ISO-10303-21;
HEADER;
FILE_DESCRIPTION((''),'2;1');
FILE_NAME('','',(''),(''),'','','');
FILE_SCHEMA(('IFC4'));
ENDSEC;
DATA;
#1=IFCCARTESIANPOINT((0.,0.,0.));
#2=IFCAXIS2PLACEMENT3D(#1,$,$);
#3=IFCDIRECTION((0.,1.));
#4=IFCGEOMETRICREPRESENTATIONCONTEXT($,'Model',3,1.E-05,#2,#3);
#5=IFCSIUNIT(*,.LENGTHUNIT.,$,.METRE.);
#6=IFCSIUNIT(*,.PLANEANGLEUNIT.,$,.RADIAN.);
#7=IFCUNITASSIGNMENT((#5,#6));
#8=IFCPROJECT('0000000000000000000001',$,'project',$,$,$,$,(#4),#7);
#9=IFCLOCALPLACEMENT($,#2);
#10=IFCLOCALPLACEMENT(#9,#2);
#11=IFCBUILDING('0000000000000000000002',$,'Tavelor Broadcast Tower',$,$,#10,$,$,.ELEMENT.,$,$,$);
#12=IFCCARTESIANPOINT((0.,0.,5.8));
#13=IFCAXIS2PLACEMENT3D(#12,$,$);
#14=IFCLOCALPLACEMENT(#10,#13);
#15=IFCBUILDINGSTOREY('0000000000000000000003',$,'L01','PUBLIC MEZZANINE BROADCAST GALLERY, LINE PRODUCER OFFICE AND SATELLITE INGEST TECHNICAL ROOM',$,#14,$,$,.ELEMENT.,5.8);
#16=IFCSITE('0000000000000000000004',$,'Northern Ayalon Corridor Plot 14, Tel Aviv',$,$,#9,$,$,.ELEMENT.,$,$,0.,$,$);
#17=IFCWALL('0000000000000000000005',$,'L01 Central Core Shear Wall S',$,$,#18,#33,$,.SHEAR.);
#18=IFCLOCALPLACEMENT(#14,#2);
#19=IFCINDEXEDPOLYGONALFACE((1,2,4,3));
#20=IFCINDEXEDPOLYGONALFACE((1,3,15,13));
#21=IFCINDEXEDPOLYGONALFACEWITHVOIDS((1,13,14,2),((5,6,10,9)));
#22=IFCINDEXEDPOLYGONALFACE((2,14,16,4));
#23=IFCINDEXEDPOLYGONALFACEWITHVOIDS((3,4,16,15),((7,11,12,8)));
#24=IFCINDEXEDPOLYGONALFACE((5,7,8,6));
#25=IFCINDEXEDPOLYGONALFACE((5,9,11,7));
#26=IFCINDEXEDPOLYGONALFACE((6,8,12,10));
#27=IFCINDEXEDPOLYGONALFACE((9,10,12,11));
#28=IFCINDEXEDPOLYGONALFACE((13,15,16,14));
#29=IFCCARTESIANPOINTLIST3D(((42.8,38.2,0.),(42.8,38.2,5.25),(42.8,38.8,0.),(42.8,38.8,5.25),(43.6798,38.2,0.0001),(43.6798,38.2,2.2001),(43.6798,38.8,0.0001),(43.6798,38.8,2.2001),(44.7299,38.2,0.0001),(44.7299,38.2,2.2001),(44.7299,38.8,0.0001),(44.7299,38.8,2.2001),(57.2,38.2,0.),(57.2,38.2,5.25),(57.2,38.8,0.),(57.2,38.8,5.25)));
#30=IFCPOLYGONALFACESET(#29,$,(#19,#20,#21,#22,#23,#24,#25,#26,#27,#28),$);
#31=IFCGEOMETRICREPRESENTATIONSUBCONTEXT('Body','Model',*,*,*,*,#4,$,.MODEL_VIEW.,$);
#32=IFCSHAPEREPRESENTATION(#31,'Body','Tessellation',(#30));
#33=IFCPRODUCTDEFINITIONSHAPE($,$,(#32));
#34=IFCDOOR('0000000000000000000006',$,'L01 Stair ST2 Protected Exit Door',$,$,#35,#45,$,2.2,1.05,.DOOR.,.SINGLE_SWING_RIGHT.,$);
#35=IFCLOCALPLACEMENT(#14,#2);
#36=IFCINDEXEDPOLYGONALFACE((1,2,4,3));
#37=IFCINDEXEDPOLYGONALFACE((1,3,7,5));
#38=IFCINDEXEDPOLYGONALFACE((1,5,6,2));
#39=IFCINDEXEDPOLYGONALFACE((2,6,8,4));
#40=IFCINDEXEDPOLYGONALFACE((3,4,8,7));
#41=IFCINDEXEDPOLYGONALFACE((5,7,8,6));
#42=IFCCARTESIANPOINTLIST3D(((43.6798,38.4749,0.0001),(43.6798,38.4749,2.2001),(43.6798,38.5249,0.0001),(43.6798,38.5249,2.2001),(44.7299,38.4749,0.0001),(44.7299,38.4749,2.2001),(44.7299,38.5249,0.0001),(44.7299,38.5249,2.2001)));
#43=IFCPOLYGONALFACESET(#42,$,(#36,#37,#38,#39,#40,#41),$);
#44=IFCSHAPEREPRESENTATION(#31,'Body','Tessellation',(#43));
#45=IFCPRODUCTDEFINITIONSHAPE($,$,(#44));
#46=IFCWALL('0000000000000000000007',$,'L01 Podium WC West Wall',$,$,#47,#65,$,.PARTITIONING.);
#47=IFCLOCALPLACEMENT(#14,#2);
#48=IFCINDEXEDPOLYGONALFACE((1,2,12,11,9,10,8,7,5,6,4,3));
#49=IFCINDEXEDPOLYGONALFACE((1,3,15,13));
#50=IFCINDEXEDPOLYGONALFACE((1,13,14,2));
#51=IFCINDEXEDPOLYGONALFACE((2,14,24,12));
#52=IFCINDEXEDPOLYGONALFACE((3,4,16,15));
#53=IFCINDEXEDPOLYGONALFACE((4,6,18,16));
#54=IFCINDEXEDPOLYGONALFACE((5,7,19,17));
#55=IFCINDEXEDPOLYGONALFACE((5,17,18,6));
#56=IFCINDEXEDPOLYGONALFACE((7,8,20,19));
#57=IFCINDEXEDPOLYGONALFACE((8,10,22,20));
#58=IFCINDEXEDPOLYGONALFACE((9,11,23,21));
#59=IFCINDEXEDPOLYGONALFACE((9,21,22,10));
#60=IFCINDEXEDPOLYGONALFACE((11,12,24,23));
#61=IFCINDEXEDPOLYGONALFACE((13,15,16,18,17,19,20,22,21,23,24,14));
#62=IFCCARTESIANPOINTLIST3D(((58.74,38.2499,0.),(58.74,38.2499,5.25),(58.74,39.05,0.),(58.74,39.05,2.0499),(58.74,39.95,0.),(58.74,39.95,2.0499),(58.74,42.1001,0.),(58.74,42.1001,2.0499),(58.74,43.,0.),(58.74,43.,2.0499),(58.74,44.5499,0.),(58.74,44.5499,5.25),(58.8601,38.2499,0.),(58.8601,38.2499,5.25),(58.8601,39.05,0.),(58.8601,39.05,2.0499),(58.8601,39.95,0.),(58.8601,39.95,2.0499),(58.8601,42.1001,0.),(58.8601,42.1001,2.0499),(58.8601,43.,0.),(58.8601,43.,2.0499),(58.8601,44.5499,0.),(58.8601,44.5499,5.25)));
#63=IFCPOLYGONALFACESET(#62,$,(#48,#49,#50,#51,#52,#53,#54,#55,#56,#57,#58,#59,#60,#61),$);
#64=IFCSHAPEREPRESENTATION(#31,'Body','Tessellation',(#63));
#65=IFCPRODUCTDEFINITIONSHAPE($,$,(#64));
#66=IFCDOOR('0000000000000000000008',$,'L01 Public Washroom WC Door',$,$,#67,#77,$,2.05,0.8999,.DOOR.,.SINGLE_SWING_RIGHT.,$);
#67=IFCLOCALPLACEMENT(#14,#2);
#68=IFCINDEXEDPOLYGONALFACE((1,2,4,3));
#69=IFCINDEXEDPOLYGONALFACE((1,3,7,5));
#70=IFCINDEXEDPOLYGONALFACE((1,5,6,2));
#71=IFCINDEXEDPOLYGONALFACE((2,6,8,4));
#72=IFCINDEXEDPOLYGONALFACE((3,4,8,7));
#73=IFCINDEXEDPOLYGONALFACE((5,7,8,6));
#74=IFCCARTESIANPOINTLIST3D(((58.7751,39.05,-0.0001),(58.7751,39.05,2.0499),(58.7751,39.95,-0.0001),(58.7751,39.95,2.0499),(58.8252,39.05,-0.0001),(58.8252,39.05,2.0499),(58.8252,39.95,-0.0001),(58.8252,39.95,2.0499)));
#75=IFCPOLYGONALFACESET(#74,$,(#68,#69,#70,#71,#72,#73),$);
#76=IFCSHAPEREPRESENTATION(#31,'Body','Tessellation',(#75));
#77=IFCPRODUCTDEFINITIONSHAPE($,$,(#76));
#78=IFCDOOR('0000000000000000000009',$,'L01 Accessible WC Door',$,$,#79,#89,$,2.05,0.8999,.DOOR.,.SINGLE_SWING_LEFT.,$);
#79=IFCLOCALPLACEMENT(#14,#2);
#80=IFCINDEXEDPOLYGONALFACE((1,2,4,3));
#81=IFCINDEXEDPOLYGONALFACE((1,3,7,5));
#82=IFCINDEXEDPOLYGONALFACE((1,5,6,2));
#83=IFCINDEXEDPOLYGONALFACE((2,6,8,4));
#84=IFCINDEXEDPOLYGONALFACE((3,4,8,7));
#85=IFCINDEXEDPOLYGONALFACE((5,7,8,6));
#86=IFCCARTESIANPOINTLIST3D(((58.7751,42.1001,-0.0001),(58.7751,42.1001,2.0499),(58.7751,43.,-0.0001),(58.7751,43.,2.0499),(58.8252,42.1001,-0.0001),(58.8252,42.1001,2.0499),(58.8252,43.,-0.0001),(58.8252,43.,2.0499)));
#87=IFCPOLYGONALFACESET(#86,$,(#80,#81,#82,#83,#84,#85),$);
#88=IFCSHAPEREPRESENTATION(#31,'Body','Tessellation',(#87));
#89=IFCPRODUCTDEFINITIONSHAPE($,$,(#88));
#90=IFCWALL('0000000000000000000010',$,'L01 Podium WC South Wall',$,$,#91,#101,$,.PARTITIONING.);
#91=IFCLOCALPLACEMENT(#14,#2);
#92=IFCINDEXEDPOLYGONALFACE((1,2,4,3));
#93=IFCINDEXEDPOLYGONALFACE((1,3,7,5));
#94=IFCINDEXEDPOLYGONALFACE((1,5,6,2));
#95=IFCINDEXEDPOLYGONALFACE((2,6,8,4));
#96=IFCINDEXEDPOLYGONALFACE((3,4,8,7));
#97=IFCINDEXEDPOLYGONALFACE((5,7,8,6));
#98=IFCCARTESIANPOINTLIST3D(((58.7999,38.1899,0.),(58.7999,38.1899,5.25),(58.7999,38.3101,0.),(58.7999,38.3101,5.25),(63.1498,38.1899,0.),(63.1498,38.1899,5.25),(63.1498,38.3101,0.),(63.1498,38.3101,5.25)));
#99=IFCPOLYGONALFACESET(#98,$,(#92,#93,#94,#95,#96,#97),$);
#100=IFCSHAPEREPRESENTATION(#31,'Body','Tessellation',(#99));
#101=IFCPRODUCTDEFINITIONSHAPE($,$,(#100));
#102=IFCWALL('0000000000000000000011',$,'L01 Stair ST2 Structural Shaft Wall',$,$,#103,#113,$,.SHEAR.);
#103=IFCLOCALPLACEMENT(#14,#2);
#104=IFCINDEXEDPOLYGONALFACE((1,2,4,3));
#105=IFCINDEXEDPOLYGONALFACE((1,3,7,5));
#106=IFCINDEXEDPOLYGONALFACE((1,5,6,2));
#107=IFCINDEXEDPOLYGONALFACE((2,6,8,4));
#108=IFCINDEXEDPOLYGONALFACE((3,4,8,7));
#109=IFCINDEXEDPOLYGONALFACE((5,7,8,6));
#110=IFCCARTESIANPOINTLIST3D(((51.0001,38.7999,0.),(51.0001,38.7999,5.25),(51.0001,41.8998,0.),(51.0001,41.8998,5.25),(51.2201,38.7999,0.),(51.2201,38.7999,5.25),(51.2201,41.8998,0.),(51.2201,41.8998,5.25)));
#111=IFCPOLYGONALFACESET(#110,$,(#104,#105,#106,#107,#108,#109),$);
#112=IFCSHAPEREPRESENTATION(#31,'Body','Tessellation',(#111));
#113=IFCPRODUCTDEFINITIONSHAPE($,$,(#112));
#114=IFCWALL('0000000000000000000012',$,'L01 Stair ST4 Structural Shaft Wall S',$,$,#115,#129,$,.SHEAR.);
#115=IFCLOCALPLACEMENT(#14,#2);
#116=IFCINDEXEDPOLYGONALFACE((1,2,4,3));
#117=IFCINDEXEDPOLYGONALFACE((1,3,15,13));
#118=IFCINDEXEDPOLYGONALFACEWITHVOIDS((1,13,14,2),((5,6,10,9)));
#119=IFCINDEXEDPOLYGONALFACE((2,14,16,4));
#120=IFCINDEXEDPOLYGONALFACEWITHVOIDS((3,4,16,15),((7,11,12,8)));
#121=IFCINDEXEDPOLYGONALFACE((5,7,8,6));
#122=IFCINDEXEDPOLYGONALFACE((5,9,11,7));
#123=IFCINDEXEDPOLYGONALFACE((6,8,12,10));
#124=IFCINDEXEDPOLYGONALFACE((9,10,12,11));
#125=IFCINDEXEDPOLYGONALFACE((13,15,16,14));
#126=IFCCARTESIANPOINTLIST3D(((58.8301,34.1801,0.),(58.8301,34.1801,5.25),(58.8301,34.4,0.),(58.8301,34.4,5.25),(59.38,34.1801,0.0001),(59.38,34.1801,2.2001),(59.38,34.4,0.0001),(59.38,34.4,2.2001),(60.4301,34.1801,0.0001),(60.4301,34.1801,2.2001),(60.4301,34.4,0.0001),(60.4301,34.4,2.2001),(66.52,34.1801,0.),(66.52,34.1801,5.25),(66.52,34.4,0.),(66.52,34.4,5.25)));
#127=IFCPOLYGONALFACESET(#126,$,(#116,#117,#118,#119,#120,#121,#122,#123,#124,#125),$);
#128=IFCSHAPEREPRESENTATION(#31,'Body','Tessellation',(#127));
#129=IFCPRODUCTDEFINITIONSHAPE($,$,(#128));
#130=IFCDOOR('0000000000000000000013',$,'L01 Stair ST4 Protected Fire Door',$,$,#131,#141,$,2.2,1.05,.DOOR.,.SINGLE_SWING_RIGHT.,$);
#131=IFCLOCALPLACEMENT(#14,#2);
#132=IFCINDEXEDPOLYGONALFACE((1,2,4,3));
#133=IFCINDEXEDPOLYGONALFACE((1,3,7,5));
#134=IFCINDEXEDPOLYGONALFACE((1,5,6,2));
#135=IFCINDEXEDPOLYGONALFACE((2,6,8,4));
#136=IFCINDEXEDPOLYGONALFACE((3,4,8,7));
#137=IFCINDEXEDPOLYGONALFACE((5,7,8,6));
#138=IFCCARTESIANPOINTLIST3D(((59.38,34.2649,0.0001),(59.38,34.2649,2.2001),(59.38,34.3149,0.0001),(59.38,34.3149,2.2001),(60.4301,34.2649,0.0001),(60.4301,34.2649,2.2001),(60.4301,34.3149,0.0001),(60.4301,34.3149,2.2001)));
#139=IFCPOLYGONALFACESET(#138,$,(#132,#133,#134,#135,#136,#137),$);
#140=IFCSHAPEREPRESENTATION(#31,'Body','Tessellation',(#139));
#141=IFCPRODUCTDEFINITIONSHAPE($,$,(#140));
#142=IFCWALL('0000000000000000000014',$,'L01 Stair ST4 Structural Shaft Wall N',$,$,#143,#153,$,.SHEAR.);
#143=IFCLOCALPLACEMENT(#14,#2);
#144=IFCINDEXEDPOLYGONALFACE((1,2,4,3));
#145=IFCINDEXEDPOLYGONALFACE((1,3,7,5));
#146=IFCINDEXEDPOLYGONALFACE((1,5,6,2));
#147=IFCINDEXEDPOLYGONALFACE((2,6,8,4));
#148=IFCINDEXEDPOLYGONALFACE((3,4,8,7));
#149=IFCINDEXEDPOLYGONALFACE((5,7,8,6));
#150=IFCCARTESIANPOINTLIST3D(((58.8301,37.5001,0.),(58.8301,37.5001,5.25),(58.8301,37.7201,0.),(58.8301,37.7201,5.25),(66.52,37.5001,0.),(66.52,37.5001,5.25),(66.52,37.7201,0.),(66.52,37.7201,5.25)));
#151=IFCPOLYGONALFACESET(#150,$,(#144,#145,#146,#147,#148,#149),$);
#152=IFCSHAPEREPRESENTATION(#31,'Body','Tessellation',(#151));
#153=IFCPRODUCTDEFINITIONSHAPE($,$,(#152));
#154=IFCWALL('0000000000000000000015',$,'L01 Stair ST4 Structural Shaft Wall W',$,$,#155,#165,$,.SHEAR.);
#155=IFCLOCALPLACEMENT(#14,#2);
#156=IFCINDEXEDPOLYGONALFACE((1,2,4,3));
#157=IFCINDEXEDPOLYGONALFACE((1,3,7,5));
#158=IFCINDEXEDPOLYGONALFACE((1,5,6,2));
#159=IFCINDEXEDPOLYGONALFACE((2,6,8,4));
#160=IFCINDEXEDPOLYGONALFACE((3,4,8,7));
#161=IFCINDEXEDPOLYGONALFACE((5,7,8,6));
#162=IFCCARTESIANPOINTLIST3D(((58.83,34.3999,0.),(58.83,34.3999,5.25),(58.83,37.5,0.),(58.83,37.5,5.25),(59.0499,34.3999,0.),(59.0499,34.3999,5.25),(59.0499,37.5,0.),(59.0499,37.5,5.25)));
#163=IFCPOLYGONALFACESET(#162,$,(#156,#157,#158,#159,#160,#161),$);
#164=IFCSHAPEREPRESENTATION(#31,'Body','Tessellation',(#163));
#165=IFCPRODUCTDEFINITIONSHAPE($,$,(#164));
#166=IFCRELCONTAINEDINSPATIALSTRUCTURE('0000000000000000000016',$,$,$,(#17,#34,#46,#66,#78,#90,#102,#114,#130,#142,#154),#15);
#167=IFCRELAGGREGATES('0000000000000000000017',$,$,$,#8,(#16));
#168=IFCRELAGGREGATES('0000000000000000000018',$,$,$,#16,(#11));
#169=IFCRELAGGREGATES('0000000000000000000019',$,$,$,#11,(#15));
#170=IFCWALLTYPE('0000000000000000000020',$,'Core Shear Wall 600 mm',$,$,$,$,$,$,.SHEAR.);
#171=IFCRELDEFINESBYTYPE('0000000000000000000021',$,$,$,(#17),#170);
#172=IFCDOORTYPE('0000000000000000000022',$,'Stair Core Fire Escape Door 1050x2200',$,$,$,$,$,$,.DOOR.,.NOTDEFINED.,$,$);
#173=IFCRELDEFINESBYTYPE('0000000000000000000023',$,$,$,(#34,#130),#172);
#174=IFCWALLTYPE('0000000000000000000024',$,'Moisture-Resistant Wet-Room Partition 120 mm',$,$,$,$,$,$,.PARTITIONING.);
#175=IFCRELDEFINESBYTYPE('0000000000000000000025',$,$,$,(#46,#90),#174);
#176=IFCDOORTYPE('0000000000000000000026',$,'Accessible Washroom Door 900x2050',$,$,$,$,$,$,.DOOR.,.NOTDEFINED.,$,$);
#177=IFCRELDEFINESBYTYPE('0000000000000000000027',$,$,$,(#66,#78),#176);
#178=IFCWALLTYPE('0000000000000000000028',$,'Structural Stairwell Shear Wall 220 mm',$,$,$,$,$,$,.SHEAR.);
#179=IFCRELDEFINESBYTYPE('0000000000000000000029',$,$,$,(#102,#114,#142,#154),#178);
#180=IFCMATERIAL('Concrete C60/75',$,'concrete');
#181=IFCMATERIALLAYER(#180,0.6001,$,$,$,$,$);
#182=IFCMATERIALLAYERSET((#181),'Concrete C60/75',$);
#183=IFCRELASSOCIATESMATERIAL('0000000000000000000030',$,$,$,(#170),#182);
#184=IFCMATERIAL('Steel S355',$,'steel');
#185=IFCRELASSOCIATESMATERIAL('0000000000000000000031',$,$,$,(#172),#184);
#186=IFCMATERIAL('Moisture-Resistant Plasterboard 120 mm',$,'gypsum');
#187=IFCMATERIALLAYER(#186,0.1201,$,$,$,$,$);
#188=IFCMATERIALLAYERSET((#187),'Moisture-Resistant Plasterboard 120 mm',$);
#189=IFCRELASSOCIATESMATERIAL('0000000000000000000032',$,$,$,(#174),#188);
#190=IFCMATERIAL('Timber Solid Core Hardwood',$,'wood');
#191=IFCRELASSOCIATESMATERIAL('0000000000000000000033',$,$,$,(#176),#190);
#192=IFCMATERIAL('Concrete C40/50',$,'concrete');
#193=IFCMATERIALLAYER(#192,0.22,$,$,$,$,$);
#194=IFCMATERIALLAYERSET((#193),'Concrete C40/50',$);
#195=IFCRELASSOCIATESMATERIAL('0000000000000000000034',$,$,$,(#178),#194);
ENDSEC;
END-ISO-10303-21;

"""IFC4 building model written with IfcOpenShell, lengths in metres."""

from ifc_helpers import new_model, si_unit, direction, frame, frame_2d, origin, place, context, subcontext, project, spatial, rectangle, extrude, material, layer, layer_set, type_object, element, fill, save


model = new_model("IFC4")

# Units and contexts
model_context = context("Model", 3, precision=1e-05, world=origin(), true_north=direction((0.0, 1.0)))
body_context = subcontext(model_context, "Body", "Model", "MODEL_VIEW")
ifc_project = project(units=[si_unit("LENGTHUNIT", "METRE"), si_unit("PLANEANGLEUNIT", "RADIAN")], contexts=[model_context])

# Site, building, storey
site_placement = place(None, origin())
site = spatial("IfcSite", under=ifc_project, at=site_placement, Name="Northern Ayalon Corridor Plot 14, Tel Aviv", CompositionType="ELEMENT", RefElevation=0.0)
building_placement = place(site_placement, origin())
building = spatial("IfcBuilding", under=site, at=building_placement, Name="Tavelor Broadcast Tower", CompositionType="ELEMENT")
storey_placement = place(building_placement, frame((0.0, 0.0, 5.8)))
storey = spatial("IfcBuildingStorey", under=building, at=storey_placement, Name="L01", Description="PUBLIC MEZZANINE BROADCAST GALLERY, LINE PRODUCER OFFICE AND SATELLITE INGEST TECHNICAL ROOM", CompositionType="ELEMENT", Elevation=5.8)

# Shared definitions
ifc_material_1 = material(Name="Concrete C60/75", Category="concrete")

# Shared definitions
ifc_material_2 = material(Name="Steel S355", Category="steel")

# Wall, opening, door
ifc_layer_1 = layer(ifc_material_1, 0.6001)
ifc_layer_set_1 = layer_set([ifc_layer_1], Name="Concrete C60/75")
wall_type_1 = type_object("IfcWallType", Name="Core Shear Wall 600 mm", PredefinedType="SHEAR", material=ifc_layer_set_1)
wall_1_placement = place(storey_placement, frame((42.8, 38.5, 0.0), z_axis=(0.0, 0.0, 1.0), x_axis=(1.0, 0.0, 0.0)))
wall_1 = element("IfcWall", 1, at=wall_1_placement, inside=storey, type_object=wall_type_1, Name="L01 Central Core Shear Wall S", PredefinedType="SHEAR", context=body_context, shape_type="SweptSolid", body=[
    extrude(rectangle(XDim=14.3999, YDim=0.6001, at=frame_2d((7.2, 0.0))), origin(), (0.0, 0.0, 1.0), 5.25),
])
opening_1_placement = place(wall_1_placement, frame((0.8799, 0.0, 0.0)))
opening_1 = element("IfcOpeningElement", 2, at=opening_1_placement, cuts=wall_1, PredefinedType="OPENING", context=body_context, shape_type="SweptSolid", body=[
    extrude(rectangle(XDim=1.05, YDim=2.2, at=frame_2d((0.5249, 1.1001))), frame((0.0, 0.3101, 0.0), z_axis=(0.0, -1.0, 0.0), x_axis=(1.0, 0.0, 0.0)), (0.0, 0.0, 1.0), 0.6201),
])
door_type_1 = type_object("IfcDoorType", Name="Stair Core Fire Escape Door 1050x2200", OperationType="NOTDEFINED", PredefinedType="DOOR", material=ifc_material_2)
door_1_placement = place(opening_1_placement, origin())
door_1 = element("IfcDoor", 3, at=door_1_placement, inside=storey, type_object=door_type_1, Name="L01 Stair ST2 Protected Exit Door", OperationType="SINGLE_SWING_RIGHT", OverallHeight=2.2, OverallWidth=1.05, PredefinedType="DOOR", context=body_context, shape_type="SweptSolid", body=[
    extrude(rectangle(XDim=1.05, YDim=2.2, at=frame_2d((0.5249, 1.1001))), frame((0.0, 0.0249, 0.0), z_axis=(0.0, -1.0, 0.0), x_axis=(1.0, 0.0, 0.0)), (0.0, 0.0, 1.0), 0.05),
])
fill(opening_1, door_1)

# Wall, openings, doors
ifc_material_3 = material(Name="Moisture-Resistant Plasterboard 120 mm", Category="gypsum")
ifc_layer_2 = layer(ifc_material_3, 0.1201)
ifc_layer_set_2 = layer_set([ifc_layer_2], Name="Moisture-Resistant Plasterboard 120 mm")
wall_type_2 = type_object("IfcWallType", Name="Moisture-Resistant Wet-Room Partition 120 mm", PredefinedType="PARTITIONING", material=ifc_layer_set_2)
wall_2_placement = place(storey_placement, frame((58.8, 38.25, 0.0), z_axis=(0.0, 0.0, 1.0), x_axis=(0.0, 1.0, 0.0)))
wall_2 = element("IfcWall", 4, at=wall_2_placement, inside=storey, type_object=wall_type_2, Name="L01 Podium WC West Wall", PredefinedType="PARTITIONING", context=body_context, shape_type="SweptSolid", body=[
    extrude(rectangle(XDim=6.3, YDim=0.1201, at=frame_2d((3.1499, 0.0))), origin(), (0.0, 0.0, 1.0), 5.25),
])
opening_2_placement = place(wall_2_placement, frame((0.8, 0.0, 0.0)))
opening_2 = element("IfcOpeningElement", 5, at=opening_2_placement, cuts=wall_2, PredefinedType="OPENING", context=body_context, shape_type="SweptSolid", body=[
    extrude(rectangle(XDim=0.8999, YDim=2.05, at=frame_2d((0.45, 1.0249))), frame((0.0, 0.0701, 0.0), z_axis=(0.0, -1.0, 0.0), x_axis=(1.0, 0.0, 0.0)), (0.0, 0.0, 1.0), 0.1401),
])
opening_3_placement = place(wall_2_placement, frame((3.8501, 0.0, 0.0)))
opening_3 = element("IfcOpeningElement", 6, at=opening_3_placement, cuts=wall_2, PredefinedType="OPENING", context=body_context, shape_type="SweptSolid", body=[
    extrude(rectangle(XDim=0.8999, YDim=2.05, at=frame_2d((0.45, 1.0249))), frame((0.0, 0.0701, 0.0), z_axis=(0.0, -1.0, 0.0), x_axis=(1.0, 0.0, 0.0)), (0.0, 0.0, 1.0), 0.1401),
])
ifc_material_4 = material(Name="Timber Solid Core Hardwood", Category="wood")
door_type_2 = type_object("IfcDoorType", Name="Accessible Washroom Door 900x2050", OperationType="NOTDEFINED", PredefinedType="DOOR", material=ifc_material_4)
door_2_placement = place(opening_2_placement, origin())
door_2 = element("IfcDoor", 7, at=door_2_placement, inside=storey, type_object=door_type_2, Name="L01 Public Washroom WC Door", OperationType="SINGLE_SWING_RIGHT", OverallHeight=2.05, OverallWidth=0.8999, PredefinedType="DOOR", context=body_context, shape_type="SweptSolid", body=[
    extrude(rectangle(XDim=0.8999, YDim=2.05, at=frame_2d((0.45, 1.0249))), frame((0.0, 0.0249, 0.0), z_axis=(0.0, -1.0, 0.0), x_axis=(1.0, 0.0, 0.0)), (0.0, 0.0, 1.0), 0.05),
])
fill(opening_2, door_2)
door_3_placement = place(opening_3_placement, origin())
door_3 = element("IfcDoor", 8, at=door_3_placement, inside=storey, type_object=door_type_2, Name="L01 Accessible WC Door", OperationType="SINGLE_SWING_LEFT", OverallHeight=2.05, OverallWidth=0.8999, PredefinedType="DOOR", context=body_context, shape_type="SweptSolid", body=[
    extrude(rectangle(XDim=0.8999, YDim=2.05, at=frame_2d((0.45, 1.0249))), frame((0.0, 0.0249, 0.0), z_axis=(0.0, -1.0, 0.0), x_axis=(1.0, 0.0, 0.0)), (0.0, 0.0, 1.0), 0.05),
])
fill(opening_3, door_3)

# Walls
wall_3_placement = place(storey_placement, frame((58.8, 38.25, 0.0), z_axis=(0.0, 0.0, 1.0), x_axis=(1.0, 0.0, 0.0)))
element("IfcWall", 9, at=wall_3_placement, inside=storey, type_object=wall_type_2, Name="L01 Podium WC South Wall", PredefinedType="PARTITIONING", context=body_context, shape_type="SweptSolid", body=[
    extrude(rectangle(XDim=4.3499, YDim=0.1201, at=frame_2d((2.1748, 0.0))), origin(), (0.0, 0.0, 1.0), 5.25),
])
ifc_material_5 = material(Name="Concrete C40/50", Category="concrete")
ifc_layer_3 = layer(ifc_material_5, 0.22)
ifc_layer_set_3 = layer_set([ifc_layer_3], Name="Concrete C40/50")
wall_type_3 = type_object("IfcWallType", Name="Structural Stairwell Shear Wall 220 mm", PredefinedType="SHEAR", material=ifc_layer_set_3)
wall_4_placement = place(storey_placement, frame((51.1101, 38.8, 0.0), z_axis=(0.0, 0.0, 1.0), x_axis=(0.0, 1.0, 0.0)))
element("IfcWall", 10, at=wall_4_placement, inside=storey, type_object=wall_type_3, Name="L01 Stair ST2 Structural Shaft Wall", PredefinedType="SHEAR", context=body_context, shape_type="SweptSolid", body=[
    extrude(rectangle(XDim=3.0999, YDim=0.22, at=frame_2d((1.5498, 0.0))), origin(), (0.0, 0.0, 1.0), 5.25),
])

# Wall, opening, door
wall_5_placement = place(storey_placement, frame((58.8301, 34.29, 0.0), z_axis=(0.0, 0.0, 1.0), x_axis=(1.0, 0.0, 0.0)))
wall_5 = element("IfcWall", 11, at=wall_5_placement, inside=storey, type_object=wall_type_3, Name="L01 Stair ST4 Structural Shaft Wall S", PredefinedType="SHEAR", context=body_context, shape_type="SweptSolid", body=[
    extrude(rectangle(XDim=7.6899, YDim=0.22, at=frame_2d((3.845, 0.0))), origin(), (0.0, 0.0, 1.0), 5.25),
])
opening_4_placement = place(wall_5_placement, frame((0.55, 0.0, 0.0)))
opening_4 = element("IfcOpeningElement", 12, at=opening_4_placement, cuts=wall_5, PredefinedType="OPENING", context=body_context, shape_type="SweptSolid", body=[
    extrude(rectangle(XDim=1.05, YDim=2.2, at=frame_2d((0.5249, 1.1001))), frame((0.0, 0.1201, 0.0), z_axis=(0.0, -1.0, 0.0), x_axis=(1.0, 0.0, 0.0)), (0.0, 0.0, 1.0), 0.24),
])
door_4_placement = place(opening_4_placement, origin())
door_4 = element("IfcDoor", 13, at=door_4_placement, inside=storey, type_object=door_type_1, Name="L01 Stair ST4 Protected Fire Door", OperationType="SINGLE_SWING_RIGHT", OverallHeight=2.2, OverallWidth=1.05, PredefinedType="DOOR", context=body_context, shape_type="SweptSolid", body=[
    extrude(rectangle(XDim=1.05, YDim=2.2, at=frame_2d((0.5249, 1.1001))), frame((0.0, 0.0249, 0.0), z_axis=(0.0, -1.0, 0.0), x_axis=(1.0, 0.0, 0.0)), (0.0, 0.0, 1.0), 0.05),
])
fill(opening_4, door_4)

# Walls
wall_6_placement = place(storey_placement, frame((58.8301, 37.6101, 0.0), z_axis=(0.0, 0.0, 1.0), x_axis=(1.0, 0.0, 0.0)))
element("IfcWall", 14, at=wall_6_placement, inside=storey, type_object=wall_type_3, Name="L01 Stair ST4 Structural Shaft Wall N", PredefinedType="SHEAR", context=body_context, shape_type="SweptSolid", body=[
    extrude(rectangle(XDim=7.6899, YDim=0.22, at=frame_2d((3.845, 0.0))), origin(), (0.0, 0.0, 1.0), 5.25),
])
wall_7_placement = place(storey_placement, frame((58.9399, 34.3999, 0.0), z_axis=(0.0, 0.0, 1.0), x_axis=(0.0, 1.0, 0.0)))
element("IfcWall", 15, at=wall_7_placement, inside=storey, type_object=wall_type_3, Name="L01 Stair ST4 Structural Shaft Wall W", PredefinedType="SHEAR", context=body_context, shape_type="SweptSolid", body=[
    extrude(rectangle(XDim=3.1001, YDim=0.22, at=frame_2d((1.55, 0.0))), origin(), (0.0, 0.0, 1.0), 5.25),
])

save(model, "model.ifc")
